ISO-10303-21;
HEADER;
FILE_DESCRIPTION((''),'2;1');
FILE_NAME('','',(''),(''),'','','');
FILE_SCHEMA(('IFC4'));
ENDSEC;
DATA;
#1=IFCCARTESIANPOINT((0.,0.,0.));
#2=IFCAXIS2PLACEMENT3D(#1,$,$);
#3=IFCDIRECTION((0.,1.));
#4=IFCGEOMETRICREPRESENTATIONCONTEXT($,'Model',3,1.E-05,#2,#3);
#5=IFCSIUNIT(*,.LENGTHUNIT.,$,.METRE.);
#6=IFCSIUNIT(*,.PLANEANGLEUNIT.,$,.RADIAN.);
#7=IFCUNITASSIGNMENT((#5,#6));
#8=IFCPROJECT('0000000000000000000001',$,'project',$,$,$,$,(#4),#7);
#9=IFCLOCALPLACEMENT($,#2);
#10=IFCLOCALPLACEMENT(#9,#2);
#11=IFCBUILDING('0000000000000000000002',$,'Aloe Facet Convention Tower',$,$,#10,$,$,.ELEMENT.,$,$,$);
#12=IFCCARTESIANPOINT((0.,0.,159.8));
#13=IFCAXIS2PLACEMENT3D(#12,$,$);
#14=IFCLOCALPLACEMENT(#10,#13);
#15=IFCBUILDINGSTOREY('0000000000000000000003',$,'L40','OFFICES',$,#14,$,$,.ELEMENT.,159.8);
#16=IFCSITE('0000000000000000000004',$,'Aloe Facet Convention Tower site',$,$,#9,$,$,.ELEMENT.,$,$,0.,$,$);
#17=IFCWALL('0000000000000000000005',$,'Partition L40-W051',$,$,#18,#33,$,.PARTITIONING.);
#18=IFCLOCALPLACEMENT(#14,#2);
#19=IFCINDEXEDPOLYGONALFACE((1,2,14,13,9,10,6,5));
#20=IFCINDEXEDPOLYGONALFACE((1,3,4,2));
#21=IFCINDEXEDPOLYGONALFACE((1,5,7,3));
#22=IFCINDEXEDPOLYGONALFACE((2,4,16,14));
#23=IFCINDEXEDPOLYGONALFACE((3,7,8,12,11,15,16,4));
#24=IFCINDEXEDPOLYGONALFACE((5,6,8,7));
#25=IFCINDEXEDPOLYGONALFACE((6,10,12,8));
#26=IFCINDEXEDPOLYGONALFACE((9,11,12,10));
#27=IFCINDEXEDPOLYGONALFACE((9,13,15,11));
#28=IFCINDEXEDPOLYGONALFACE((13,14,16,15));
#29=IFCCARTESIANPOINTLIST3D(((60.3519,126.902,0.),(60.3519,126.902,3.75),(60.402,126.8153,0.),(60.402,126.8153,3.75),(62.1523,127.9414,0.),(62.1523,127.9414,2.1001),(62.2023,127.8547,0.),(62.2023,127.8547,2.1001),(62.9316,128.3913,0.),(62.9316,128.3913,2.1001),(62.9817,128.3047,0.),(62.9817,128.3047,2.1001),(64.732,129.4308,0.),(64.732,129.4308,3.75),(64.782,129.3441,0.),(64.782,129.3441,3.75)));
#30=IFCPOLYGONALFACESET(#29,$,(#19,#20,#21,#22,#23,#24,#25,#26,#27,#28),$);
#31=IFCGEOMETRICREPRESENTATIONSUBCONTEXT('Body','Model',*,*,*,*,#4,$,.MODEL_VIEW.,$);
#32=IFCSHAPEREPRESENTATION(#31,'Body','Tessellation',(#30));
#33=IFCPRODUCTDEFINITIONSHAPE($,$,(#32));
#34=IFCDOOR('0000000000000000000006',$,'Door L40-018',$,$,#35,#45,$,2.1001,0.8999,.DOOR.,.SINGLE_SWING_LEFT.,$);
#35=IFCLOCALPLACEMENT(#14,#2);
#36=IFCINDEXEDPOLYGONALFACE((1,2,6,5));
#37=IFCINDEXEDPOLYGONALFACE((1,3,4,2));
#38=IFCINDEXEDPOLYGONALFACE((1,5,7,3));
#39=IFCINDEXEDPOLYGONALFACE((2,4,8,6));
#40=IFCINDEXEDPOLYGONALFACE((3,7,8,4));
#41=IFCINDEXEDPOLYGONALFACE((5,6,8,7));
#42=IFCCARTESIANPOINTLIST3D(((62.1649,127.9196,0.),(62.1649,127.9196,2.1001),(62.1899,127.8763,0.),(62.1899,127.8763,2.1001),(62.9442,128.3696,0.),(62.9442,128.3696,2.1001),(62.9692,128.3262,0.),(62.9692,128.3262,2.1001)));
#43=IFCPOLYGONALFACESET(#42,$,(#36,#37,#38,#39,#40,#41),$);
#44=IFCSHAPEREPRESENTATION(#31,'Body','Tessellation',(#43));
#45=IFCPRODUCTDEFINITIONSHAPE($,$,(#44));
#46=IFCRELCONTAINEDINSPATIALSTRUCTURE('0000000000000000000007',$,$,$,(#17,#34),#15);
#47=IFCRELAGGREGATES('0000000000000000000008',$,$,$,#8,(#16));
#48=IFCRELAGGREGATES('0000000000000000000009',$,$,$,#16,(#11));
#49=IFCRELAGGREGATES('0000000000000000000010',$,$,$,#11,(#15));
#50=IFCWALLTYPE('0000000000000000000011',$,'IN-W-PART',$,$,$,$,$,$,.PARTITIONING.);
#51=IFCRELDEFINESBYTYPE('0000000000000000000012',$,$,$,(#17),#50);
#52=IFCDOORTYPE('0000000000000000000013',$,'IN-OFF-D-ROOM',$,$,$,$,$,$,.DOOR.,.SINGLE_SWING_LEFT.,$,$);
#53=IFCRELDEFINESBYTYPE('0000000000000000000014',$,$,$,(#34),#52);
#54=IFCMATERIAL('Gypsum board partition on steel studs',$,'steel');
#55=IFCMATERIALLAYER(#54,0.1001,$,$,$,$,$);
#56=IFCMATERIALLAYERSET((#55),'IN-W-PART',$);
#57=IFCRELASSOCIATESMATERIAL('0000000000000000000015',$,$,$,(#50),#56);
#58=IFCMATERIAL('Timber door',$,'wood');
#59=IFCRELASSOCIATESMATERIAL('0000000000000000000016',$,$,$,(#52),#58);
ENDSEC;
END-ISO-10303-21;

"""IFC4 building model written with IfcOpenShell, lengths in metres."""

from ifc_helpers import new_model, si_unit, direction, frame, frame_2d, origin, place, context, subcontext, project, spatial, rectangle, extrude, material, layer, layer_set, type_object, element, fill, save


model = new_model("IFC4")

# Units and contexts
model_context = context("Model", 3, precision=1e-05, world=origin(), true_north=direction((0.0, 1.0)))
body_context = subcontext(model_context, "Body", "Model", "MODEL_VIEW")
ifc_project = project(units=[si_unit("LENGTHUNIT", "METRE"), si_unit("PLANEANGLEUNIT", "RADIAN")], contexts=[model_context])

# Site, building, storey
site_placement = place(None, origin())
site = spatial("IfcSite", under=ifc_project, at=site_placement, Name="Aloe Facet Convention Tower site", CompositionType="ELEMENT", RefElevation=0.0)
building_placement = place(site_placement, origin())
building = spatial("IfcBuilding", under=site, at=building_placement, Name="Aloe Facet Convention Tower", CompositionType="ELEMENT")
storey_placement = place(building_placement, frame((0.0, 0.0, 159.8)))
storey = spatial("IfcBuildingStorey", under=building, at=storey_placement, Name="L40", Description="OFFICES", CompositionType="ELEMENT", Elevation=159.8)

# Wall, opening, door
ifc_material_1 = material(Name="Gypsum board partition on steel studs", Category="steel")
ifc_layer_1 = layer(ifc_material_1, 0.1001)
ifc_layer_set_1 = layer_set([ifc_layer_1], Name="IN-W-PART")
wall_type_1 = type_object("IfcWallType", Name="IN-W-PART", PredefinedType="PARTITIONING", material=ifc_layer_set_1)
wall_1_placement = place(storey_placement, frame((60.377, 126.8586, 0.0), z_axis=(0.0, 0.0, 1.0), x_axis=(0.86603, 0.499991, 0.0)))
wall_1 = element("IfcWall", 1, at=wall_1_placement, inside=storey, type_object=wall_type_1, Name="Partition L40-W051", PredefinedType="PARTITIONING", context=body_context, shape_type="SweptSolid", body=[
    extrude(rectangle(XDim=5.0576, YDim=0.1001, at=frame_2d((2.5288, 0.0))), origin(), (0.0, 0.0, 1.0), 3.75),
])
opening_1_placement = place(wall_1_placement, frame((2.0789, 0.0, 0.0)))
opening_1 = element("IfcOpeningElement", 2, at=opening_1_placement, cuts=wall_1, PredefinedType="OPENING", context=body_context, shape_type="SweptSolid", body=[
    extrude(rectangle(XDim=0.8999, YDim=2.1001, at=frame_2d((0.45, 1.05))), frame((0.0, 0.0601, 0.0), z_axis=(0.0, -1.0, 0.0), x_axis=(1.0, 0.0, 0.0)), (0.0, 0.0, 1.0), 0.1201),
])
ifc_material_2 = material(Name="Timber door", Category="wood")
door_type = type_object("IfcDoorType", Name="IN-OFF-D-ROOM", OperationType="SINGLE_SWING_LEFT", PredefinedType="DOOR", material=ifc_material_2)
door_placement = place(opening_1_placement, origin())
door = element("IfcDoor", 3, at=door_placement, inside=storey, type_object=door_type, Name="Door L40-018", OperationType="SINGLE_SWING_LEFT", OverallHeight=2.1001, OverallWidth=0.8999, PredefinedType="DOOR", context=body_context, shape_type="SweptSolid", body=[
    extrude(rectangle(XDim=0.8999, YDim=2.1001, at=frame_2d((0.45, 1.05))), frame((0.0, 0.0249, 0.0), z_axis=(0.0, -1.0, 0.0), x_axis=(1.0, 0.0, 0.0)), (0.0, 0.0, 1.0), 0.05),
])
fill(opening_1, door)

save(model, "model.ifc")
